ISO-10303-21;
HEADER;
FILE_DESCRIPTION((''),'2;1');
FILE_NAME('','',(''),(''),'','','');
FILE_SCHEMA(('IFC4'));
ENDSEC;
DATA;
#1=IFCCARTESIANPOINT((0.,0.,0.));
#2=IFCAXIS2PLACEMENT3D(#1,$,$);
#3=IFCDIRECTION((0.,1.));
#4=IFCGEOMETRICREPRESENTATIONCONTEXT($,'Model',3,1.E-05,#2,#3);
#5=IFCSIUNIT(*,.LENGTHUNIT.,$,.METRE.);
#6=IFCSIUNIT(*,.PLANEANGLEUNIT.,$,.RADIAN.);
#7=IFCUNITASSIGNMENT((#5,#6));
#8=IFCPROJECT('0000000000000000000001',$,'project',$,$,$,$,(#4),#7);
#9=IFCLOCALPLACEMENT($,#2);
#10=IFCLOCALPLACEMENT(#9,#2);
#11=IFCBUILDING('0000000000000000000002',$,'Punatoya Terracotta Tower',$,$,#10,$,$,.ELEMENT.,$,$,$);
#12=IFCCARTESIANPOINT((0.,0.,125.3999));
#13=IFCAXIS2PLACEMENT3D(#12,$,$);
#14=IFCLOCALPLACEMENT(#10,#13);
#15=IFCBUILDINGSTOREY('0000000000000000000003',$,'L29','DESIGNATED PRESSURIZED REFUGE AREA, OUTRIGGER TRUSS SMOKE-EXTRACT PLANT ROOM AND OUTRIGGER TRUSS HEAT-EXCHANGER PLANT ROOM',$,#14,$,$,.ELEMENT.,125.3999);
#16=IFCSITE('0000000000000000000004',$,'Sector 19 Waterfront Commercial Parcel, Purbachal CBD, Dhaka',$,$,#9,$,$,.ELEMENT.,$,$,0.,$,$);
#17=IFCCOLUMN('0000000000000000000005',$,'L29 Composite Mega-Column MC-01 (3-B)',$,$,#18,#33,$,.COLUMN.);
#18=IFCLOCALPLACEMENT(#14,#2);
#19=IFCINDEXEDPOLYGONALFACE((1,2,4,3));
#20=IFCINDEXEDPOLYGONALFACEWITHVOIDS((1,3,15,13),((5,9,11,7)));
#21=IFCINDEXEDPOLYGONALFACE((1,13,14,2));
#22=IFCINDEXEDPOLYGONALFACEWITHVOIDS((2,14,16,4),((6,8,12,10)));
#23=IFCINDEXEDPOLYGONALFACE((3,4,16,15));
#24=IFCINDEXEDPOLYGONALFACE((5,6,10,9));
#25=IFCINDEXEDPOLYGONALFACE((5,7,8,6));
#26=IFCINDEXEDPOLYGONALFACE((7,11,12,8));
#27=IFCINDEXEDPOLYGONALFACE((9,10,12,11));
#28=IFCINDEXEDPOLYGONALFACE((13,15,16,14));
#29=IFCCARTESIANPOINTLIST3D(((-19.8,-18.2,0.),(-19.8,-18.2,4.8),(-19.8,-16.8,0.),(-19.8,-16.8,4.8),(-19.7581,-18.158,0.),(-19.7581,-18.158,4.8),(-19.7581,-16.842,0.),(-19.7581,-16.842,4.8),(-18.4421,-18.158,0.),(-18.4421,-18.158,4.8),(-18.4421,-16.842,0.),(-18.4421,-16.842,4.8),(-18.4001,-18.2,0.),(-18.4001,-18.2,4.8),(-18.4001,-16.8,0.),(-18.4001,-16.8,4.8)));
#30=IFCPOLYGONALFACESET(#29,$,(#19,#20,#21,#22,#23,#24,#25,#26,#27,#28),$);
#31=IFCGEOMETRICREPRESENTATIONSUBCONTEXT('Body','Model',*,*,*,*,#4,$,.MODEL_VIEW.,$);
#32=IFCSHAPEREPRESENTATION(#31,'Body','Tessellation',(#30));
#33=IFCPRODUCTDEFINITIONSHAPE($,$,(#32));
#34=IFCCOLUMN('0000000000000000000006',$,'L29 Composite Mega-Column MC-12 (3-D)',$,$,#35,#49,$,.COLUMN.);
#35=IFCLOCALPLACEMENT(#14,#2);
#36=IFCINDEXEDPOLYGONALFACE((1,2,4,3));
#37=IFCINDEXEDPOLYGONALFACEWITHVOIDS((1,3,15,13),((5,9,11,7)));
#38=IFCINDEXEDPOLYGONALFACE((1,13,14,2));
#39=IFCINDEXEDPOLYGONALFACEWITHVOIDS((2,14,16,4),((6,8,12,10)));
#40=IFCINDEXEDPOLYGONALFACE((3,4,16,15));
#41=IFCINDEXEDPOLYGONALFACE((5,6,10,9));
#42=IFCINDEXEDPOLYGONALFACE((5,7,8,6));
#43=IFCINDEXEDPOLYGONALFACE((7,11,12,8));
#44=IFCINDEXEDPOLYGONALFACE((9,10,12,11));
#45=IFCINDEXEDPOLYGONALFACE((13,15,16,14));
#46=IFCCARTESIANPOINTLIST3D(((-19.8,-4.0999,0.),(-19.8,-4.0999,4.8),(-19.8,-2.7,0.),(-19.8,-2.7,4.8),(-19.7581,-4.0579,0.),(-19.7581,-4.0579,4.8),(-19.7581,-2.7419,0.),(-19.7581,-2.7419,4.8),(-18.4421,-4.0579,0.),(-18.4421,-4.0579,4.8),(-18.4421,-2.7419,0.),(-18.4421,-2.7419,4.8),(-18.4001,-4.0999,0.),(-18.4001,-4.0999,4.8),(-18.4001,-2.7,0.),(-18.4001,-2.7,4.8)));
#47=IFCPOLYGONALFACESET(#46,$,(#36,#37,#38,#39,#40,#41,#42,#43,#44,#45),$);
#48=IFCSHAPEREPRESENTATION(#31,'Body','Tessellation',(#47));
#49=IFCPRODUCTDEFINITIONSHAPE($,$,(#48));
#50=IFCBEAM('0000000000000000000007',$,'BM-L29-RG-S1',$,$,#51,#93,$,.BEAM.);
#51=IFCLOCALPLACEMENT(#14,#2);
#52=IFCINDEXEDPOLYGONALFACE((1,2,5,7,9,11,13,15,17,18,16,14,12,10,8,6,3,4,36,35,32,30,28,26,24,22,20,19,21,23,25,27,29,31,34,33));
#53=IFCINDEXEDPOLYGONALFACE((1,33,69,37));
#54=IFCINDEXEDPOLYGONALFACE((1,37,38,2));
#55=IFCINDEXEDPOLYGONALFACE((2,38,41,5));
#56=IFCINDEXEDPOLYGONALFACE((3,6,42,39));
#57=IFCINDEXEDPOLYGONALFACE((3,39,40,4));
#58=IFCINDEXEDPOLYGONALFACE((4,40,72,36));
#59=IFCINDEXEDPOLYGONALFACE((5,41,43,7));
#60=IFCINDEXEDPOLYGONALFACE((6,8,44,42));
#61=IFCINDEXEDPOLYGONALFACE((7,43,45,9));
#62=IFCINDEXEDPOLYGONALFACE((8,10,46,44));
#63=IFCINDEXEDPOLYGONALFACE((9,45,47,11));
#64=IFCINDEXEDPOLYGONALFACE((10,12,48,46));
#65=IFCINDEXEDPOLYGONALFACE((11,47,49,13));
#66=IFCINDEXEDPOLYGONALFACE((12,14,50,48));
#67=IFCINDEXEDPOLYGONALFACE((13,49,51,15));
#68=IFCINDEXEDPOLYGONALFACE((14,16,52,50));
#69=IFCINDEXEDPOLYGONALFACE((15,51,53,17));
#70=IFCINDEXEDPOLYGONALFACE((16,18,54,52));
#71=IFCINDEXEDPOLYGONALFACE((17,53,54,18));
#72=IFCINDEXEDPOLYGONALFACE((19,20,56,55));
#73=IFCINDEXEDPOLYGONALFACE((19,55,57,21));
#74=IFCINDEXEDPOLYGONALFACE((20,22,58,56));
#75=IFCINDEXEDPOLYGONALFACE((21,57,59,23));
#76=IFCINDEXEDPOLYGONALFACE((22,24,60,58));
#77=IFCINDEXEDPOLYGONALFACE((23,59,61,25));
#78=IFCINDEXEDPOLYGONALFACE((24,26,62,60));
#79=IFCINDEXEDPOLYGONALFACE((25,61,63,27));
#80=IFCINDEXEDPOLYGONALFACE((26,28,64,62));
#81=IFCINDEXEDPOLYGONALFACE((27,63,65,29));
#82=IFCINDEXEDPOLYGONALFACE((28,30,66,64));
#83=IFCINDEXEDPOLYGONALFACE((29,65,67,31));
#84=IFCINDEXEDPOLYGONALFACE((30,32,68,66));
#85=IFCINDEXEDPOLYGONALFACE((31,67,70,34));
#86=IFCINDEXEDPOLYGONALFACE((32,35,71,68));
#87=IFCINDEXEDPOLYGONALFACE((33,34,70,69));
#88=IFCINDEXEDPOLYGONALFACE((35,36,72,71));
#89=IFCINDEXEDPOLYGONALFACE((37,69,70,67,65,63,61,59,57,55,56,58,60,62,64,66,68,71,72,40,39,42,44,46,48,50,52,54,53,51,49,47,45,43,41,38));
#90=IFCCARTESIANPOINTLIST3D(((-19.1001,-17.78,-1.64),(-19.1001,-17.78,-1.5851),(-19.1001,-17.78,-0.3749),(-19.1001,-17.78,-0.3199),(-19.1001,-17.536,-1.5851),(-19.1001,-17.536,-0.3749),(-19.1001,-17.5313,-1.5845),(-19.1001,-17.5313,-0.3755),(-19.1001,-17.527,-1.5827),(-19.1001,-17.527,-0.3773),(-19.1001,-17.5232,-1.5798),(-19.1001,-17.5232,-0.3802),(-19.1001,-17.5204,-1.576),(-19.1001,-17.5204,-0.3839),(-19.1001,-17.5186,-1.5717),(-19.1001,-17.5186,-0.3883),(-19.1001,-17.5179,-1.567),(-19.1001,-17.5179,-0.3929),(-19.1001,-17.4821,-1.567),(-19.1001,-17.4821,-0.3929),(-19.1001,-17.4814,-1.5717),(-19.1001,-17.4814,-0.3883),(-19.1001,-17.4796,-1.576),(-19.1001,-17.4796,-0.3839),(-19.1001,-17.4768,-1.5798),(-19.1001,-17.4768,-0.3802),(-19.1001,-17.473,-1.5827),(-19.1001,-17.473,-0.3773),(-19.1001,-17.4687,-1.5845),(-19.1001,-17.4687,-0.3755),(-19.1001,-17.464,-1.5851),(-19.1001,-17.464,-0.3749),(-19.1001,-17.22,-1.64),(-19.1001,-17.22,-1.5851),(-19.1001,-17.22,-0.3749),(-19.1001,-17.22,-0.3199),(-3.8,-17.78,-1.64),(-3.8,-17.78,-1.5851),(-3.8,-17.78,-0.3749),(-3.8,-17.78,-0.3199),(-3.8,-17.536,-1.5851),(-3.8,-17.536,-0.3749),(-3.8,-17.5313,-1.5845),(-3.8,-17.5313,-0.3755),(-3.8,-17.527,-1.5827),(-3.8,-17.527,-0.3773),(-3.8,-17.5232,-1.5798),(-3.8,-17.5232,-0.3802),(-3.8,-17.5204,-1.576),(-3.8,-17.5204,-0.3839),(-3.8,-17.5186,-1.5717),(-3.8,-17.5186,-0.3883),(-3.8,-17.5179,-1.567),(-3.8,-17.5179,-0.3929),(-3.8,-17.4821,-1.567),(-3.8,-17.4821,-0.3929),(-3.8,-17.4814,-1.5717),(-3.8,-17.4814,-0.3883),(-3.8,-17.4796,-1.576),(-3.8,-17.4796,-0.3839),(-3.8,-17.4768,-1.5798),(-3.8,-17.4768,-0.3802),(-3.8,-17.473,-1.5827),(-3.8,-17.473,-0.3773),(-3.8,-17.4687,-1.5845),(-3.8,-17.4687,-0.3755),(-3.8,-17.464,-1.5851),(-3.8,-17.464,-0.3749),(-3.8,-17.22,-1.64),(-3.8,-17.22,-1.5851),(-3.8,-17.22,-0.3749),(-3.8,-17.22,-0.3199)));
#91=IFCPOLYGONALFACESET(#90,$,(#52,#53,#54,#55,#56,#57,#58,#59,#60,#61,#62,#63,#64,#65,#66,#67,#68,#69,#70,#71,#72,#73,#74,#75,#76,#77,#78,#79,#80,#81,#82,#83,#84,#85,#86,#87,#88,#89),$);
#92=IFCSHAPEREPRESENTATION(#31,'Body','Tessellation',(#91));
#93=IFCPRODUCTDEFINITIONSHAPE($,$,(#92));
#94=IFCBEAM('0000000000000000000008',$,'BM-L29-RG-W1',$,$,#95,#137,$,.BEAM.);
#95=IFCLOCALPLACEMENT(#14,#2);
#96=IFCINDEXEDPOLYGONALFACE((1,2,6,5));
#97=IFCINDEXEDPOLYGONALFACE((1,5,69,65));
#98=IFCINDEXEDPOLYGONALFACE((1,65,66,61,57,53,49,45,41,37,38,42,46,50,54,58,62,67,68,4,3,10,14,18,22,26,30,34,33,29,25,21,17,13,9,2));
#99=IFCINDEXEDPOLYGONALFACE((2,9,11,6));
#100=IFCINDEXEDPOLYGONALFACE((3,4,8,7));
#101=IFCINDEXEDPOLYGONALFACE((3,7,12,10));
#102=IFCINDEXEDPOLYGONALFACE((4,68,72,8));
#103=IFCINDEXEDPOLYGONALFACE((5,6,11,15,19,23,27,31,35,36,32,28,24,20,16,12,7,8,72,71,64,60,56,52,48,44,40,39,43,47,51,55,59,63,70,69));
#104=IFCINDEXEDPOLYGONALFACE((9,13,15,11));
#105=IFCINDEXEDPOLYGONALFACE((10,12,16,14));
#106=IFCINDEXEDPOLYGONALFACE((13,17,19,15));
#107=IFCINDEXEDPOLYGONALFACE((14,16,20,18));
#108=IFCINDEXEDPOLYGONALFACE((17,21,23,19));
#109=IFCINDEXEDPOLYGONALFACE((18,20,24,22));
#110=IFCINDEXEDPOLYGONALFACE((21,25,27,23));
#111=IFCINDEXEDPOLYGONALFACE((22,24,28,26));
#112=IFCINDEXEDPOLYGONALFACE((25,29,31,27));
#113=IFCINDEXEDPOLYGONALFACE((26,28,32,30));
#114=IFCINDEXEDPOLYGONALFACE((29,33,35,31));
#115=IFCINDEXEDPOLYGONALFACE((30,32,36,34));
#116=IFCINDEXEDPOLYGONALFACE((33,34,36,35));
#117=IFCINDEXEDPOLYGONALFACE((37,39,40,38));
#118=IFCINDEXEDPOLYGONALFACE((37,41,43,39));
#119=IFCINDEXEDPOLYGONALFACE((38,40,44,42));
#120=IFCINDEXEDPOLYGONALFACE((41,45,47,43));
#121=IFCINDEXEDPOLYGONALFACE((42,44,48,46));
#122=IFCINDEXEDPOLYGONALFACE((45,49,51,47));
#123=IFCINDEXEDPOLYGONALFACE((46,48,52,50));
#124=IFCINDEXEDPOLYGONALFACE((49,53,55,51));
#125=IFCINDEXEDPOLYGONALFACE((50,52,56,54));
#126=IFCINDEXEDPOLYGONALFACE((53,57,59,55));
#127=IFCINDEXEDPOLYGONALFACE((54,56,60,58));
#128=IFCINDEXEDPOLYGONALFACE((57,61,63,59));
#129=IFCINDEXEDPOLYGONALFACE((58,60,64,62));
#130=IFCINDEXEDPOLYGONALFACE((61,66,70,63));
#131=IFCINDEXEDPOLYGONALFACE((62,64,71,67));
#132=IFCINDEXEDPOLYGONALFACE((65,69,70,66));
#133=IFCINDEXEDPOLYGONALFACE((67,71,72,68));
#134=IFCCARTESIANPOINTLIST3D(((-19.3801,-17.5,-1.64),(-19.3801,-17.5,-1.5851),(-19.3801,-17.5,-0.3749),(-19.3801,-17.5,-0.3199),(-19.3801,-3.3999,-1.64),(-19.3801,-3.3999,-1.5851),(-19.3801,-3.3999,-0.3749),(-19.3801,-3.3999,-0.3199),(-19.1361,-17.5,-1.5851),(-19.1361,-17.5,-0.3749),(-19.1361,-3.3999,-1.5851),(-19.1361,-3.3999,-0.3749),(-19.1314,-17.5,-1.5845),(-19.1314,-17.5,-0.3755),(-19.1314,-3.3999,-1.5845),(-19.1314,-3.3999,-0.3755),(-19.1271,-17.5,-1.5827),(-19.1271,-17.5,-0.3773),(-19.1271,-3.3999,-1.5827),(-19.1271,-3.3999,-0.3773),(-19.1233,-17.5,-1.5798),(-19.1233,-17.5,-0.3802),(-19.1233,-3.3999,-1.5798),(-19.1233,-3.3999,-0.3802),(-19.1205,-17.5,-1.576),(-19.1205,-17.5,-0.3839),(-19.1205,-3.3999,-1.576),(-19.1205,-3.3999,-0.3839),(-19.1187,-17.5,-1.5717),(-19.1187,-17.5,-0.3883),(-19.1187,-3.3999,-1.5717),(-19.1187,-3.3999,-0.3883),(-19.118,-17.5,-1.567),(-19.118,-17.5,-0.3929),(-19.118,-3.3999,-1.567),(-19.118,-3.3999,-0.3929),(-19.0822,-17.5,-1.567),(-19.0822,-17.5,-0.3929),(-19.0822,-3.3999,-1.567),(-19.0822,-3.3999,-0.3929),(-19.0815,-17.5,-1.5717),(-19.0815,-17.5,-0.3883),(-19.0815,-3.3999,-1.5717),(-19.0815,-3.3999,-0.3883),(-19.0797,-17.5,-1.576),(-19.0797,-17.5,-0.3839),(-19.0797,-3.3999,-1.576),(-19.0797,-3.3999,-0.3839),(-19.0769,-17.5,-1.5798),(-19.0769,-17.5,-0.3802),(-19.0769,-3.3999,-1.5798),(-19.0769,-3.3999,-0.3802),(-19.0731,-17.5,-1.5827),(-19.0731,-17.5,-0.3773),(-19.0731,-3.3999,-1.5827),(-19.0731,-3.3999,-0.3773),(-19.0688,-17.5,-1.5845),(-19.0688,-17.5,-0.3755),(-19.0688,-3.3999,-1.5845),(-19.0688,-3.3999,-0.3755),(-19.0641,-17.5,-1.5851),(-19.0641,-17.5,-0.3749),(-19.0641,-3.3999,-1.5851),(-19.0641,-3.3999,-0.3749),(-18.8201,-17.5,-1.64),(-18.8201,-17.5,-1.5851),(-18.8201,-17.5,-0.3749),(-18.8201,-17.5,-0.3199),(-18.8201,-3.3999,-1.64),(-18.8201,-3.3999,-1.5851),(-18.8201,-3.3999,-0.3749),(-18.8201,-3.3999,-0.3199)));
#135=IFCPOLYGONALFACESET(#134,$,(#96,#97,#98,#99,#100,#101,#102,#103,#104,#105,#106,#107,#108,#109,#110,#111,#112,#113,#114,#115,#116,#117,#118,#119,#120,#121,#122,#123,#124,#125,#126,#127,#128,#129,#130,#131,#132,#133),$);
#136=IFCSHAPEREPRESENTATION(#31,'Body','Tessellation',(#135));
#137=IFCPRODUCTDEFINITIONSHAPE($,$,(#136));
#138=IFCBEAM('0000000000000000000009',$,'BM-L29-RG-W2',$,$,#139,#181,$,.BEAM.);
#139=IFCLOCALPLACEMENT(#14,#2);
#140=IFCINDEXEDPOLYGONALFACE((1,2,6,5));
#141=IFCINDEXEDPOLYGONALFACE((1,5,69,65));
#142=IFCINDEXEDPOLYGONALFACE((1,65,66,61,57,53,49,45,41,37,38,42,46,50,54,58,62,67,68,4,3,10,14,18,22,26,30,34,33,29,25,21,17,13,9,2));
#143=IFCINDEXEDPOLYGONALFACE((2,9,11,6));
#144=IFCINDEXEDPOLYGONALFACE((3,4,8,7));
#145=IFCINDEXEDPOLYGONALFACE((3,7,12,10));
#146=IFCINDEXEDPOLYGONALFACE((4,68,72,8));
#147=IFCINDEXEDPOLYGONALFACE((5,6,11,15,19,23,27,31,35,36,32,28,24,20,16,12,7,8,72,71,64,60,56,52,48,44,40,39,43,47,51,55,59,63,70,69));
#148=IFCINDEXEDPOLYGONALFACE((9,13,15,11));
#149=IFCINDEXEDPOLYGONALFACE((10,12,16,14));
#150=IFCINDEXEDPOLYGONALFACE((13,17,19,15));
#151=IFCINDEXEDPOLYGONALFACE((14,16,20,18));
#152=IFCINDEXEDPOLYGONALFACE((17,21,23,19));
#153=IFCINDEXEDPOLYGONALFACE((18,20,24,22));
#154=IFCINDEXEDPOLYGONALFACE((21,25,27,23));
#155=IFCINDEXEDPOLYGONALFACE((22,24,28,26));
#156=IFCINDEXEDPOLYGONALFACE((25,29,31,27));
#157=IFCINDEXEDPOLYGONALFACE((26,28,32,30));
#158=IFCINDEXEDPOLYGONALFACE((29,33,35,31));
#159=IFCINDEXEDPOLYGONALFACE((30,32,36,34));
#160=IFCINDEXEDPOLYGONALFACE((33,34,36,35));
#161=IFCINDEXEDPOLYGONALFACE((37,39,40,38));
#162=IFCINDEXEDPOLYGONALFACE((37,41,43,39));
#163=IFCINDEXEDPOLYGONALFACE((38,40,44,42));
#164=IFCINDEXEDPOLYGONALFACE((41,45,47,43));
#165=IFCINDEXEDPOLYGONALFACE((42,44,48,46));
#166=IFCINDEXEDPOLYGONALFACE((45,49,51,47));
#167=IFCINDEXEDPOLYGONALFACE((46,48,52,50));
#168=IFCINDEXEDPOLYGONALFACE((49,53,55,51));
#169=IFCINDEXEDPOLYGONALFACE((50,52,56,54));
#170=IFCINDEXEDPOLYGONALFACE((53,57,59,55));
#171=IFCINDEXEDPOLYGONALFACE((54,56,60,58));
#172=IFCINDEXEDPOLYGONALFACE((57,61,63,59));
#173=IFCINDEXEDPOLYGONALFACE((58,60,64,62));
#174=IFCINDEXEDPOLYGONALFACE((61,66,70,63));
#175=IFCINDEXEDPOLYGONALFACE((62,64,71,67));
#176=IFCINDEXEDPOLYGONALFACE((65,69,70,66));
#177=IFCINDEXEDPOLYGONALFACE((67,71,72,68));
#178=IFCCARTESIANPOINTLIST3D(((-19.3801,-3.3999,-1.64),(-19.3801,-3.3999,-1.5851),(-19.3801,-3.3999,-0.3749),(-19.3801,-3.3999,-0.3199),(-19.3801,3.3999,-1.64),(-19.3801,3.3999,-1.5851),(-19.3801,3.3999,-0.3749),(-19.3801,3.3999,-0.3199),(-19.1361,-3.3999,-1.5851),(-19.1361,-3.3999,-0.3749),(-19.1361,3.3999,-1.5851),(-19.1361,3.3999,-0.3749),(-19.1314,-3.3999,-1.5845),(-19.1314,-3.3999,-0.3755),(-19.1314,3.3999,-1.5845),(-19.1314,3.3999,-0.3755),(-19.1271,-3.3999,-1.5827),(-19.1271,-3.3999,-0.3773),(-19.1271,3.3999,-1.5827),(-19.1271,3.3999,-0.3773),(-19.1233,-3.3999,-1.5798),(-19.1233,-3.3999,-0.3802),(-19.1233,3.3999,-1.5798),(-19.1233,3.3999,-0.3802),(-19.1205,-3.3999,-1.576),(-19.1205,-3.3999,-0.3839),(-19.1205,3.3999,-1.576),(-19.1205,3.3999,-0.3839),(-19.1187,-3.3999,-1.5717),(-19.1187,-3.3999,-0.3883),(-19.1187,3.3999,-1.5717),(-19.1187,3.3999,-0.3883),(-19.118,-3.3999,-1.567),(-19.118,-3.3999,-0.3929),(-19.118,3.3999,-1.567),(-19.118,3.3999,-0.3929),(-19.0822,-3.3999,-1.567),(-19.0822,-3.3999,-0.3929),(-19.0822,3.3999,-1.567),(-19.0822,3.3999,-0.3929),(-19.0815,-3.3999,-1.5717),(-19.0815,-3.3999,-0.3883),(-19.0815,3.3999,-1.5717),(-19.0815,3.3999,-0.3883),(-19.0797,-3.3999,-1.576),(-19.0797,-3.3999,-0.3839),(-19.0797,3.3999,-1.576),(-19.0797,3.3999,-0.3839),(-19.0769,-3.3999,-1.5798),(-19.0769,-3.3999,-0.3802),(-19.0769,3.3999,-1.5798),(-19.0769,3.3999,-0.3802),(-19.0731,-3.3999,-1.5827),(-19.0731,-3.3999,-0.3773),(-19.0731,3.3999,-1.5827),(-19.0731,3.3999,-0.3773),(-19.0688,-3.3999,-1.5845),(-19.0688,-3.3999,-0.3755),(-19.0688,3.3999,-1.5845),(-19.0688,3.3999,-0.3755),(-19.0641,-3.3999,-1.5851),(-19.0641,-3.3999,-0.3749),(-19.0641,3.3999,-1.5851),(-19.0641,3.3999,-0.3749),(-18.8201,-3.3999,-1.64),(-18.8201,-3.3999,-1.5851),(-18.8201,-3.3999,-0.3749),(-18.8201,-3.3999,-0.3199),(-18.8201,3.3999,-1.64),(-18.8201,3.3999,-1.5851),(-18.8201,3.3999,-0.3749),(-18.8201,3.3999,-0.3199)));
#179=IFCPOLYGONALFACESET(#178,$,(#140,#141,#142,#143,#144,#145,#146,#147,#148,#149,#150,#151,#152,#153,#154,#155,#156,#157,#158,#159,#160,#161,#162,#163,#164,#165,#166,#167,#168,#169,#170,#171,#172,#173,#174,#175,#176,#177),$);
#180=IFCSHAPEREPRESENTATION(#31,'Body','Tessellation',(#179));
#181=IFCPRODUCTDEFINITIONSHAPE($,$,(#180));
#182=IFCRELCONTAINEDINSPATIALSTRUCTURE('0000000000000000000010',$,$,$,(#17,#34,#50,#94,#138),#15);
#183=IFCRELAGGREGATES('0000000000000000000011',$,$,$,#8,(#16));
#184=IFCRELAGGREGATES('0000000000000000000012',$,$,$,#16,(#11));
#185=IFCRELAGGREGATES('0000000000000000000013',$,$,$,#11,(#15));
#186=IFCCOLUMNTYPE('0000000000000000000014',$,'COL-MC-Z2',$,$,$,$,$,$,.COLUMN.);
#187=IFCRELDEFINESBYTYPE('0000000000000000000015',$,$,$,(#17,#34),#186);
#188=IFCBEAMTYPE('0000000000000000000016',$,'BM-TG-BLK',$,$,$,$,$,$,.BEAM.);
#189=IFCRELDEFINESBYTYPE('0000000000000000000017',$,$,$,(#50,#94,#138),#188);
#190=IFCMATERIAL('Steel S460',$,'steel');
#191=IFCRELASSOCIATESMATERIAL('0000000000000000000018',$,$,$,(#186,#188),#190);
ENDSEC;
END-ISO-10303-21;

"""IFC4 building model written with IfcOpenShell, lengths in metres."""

from ifc_helpers import new_model, si_unit, direction, frame, origin, origin_2d, place, context, subcontext, project, spatial, hollow_rectangle, i_section, extrude, material, material_profile, profile_set, type_object, element, save


model = new_model("IFC4")

# Units and contexts
model_context = context("Model", 3, precision=1e-05, world=origin(), true_north=direction((0.0, 1.0)))
body_context = subcontext(model_context, "Body", "Model", "MODEL_VIEW")
ifc_project = project(units=[si_unit("LENGTHUNIT", "METRE"), si_unit("PLANEANGLEUNIT", "RADIAN")], contexts=[model_context])

# Site, building, storey
site_placement = place(None, origin())
site = spatial("IfcSite", under=ifc_project, at=site_placement, Name="Sector 19 Waterfront Commercial Parcel, Purbachal CBD, Dhaka", CompositionType="ELEMENT", RefElevation=0.0)
building_placement = place(site_placement, origin())
building = spatial("IfcBuilding", under=site, at=building_placement, Name="Punatoya Terracotta Tower", CompositionType="ELEMENT")
storey_placement = place(building_placement, frame((0.0, 0.0, 125.3999)))
storey = spatial("IfcBuildingStorey", under=building, at=storey_placement, Name="L29", Description="DESIGNATED PRESSURIZED REFUGE AREA, OUTRIGGER TRUSS SMOKE-EXTRACT PLANT ROOM AND OUTRIGGER TRUSS HEAT-EXCHANGER PLANT ROOM", CompositionType="ELEMENT", Elevation=125.3999)

# Columns
ifc_material_1 = material(Name="Steel S460", Category="steel")
ifc_material_profile_1 = material_profile(ifc_material_1, hollow_rectangle(XDim=1.3999, YDim=1.3999, WallThickness=0.042, at=origin_2d()))
ifc_profile_set_1 = profile_set([ifc_material_profile_1], Name="Steel S460")
column_type = type_object("IfcColumnType", Name="COL-MC-Z2", PredefinedType="COLUMN", material=ifc_profile_set_1)
for number, where, z_axis, x_axis, name in (
    (1, (-19.1001, -17.5, 0.0), (0.0, 0.0, 1.0), (1.0, 0.0, 0.0), "L29 Composite Mega-Column MC-01 (3-B)"),
    (2, (-19.1001, -3.3999, 0.0), (0.0, 0.0, 1.0), (1.0, 0.0, 0.0), "L29 Composite Mega-Column MC-12 (3-D)"),
):
    element("IfcColumn", number, at=place(storey_placement, frame(where, z_axis=z_axis, x_axis=x_axis)), inside=storey, type_object=column_type, Name=name, PredefinedType="COLUMN", context=body_context, shape_type="SweptSolid", body=[
        extrude(hollow_rectangle(XDim=1.3999, YDim=1.3999, WallThickness=0.042, at=origin_2d()), origin(), (0.0, 0.0, 1.0), 4.8),
    ])

# Beams
ifc_material_profile_2 = material_profile(ifc_material_1, i_section(OverallWidth=0.5601, OverallDepth=1.3201, WebThickness=0.0359, FlangeThickness=0.0549, FilletRadius=0.0181, at=origin_2d()))
ifc_profile_set_2 = profile_set([ifc_material_profile_2], Name="Steel S460")
beam_type_1 = type_object("IfcBeamType", Name="BM-TG-BLK", PredefinedType="BEAM", material=ifc_profile_set_2)
beam_1_placement = place(storey_placement, frame((-19.1001, -17.5, -0.98), z_axis=(1.0, 0.0, 0.0), x_axis=(0.0, 1.0, 0.0)))
element("IfcBeam", 3, at=beam_1_placement, inside=storey, type_object=beam_type_1, Name="BM-L29-RG-S1", PredefinedType="BEAM", context=body_context, shape_type="SweptSolid", body=[
    extrude(i_section(OverallWidth=0.5601, OverallDepth=1.3201, WebThickness=0.0359, FlangeThickness=0.0549, FilletRadius=0.0181, at=origin_2d()), origin(), (0.0, 0.0, 1.0), 15.3),
])
beam_2_placement = place(storey_placement, frame((-19.1001, -17.5, -0.98), z_axis=(0.0, 1.0, 0.0), x_axis=(-1.0, 0.0, 0.0)))
element("IfcBeam", 4, at=beam_2_placement, inside=storey, type_object=beam_type_1, Name="BM-L29-RG-W1", PredefinedType="BEAM", context=body_context, shape_type="SweptSolid", body=[
    extrude(i_section(OverallWidth=0.5601, OverallDepth=1.3201, WebThickness=0.0359, FlangeThickness=0.0549, FilletRadius=0.0181, at=origin_2d()), origin(), (0.0, 0.0, 1.0), 14.1001),
])
beam_3_placement = place(storey_placement, frame((-19.1001, -3.3999, -0.98), z_axis=(0.0, 1.0, 0.0), x_axis=(-1.0, 0.0, 0.0)))
element("IfcBeam", 5, at=beam_3_placement, inside=storey, type_object=beam_type_1, Name="BM-L29-RG-W2", PredefinedType="BEAM", context=body_context, shape_type="SweptSolid", body=[
    extrude(i_section(OverallWidth=0.5601, OverallDepth=1.3201, WebThickness=0.0359, FlangeThickness=0.0549, FilletRadius=0.0181, at=origin_2d()), origin(), (0.0, 0.0, 1.0), 6.7998),
])

save(model, "model.ifc")
